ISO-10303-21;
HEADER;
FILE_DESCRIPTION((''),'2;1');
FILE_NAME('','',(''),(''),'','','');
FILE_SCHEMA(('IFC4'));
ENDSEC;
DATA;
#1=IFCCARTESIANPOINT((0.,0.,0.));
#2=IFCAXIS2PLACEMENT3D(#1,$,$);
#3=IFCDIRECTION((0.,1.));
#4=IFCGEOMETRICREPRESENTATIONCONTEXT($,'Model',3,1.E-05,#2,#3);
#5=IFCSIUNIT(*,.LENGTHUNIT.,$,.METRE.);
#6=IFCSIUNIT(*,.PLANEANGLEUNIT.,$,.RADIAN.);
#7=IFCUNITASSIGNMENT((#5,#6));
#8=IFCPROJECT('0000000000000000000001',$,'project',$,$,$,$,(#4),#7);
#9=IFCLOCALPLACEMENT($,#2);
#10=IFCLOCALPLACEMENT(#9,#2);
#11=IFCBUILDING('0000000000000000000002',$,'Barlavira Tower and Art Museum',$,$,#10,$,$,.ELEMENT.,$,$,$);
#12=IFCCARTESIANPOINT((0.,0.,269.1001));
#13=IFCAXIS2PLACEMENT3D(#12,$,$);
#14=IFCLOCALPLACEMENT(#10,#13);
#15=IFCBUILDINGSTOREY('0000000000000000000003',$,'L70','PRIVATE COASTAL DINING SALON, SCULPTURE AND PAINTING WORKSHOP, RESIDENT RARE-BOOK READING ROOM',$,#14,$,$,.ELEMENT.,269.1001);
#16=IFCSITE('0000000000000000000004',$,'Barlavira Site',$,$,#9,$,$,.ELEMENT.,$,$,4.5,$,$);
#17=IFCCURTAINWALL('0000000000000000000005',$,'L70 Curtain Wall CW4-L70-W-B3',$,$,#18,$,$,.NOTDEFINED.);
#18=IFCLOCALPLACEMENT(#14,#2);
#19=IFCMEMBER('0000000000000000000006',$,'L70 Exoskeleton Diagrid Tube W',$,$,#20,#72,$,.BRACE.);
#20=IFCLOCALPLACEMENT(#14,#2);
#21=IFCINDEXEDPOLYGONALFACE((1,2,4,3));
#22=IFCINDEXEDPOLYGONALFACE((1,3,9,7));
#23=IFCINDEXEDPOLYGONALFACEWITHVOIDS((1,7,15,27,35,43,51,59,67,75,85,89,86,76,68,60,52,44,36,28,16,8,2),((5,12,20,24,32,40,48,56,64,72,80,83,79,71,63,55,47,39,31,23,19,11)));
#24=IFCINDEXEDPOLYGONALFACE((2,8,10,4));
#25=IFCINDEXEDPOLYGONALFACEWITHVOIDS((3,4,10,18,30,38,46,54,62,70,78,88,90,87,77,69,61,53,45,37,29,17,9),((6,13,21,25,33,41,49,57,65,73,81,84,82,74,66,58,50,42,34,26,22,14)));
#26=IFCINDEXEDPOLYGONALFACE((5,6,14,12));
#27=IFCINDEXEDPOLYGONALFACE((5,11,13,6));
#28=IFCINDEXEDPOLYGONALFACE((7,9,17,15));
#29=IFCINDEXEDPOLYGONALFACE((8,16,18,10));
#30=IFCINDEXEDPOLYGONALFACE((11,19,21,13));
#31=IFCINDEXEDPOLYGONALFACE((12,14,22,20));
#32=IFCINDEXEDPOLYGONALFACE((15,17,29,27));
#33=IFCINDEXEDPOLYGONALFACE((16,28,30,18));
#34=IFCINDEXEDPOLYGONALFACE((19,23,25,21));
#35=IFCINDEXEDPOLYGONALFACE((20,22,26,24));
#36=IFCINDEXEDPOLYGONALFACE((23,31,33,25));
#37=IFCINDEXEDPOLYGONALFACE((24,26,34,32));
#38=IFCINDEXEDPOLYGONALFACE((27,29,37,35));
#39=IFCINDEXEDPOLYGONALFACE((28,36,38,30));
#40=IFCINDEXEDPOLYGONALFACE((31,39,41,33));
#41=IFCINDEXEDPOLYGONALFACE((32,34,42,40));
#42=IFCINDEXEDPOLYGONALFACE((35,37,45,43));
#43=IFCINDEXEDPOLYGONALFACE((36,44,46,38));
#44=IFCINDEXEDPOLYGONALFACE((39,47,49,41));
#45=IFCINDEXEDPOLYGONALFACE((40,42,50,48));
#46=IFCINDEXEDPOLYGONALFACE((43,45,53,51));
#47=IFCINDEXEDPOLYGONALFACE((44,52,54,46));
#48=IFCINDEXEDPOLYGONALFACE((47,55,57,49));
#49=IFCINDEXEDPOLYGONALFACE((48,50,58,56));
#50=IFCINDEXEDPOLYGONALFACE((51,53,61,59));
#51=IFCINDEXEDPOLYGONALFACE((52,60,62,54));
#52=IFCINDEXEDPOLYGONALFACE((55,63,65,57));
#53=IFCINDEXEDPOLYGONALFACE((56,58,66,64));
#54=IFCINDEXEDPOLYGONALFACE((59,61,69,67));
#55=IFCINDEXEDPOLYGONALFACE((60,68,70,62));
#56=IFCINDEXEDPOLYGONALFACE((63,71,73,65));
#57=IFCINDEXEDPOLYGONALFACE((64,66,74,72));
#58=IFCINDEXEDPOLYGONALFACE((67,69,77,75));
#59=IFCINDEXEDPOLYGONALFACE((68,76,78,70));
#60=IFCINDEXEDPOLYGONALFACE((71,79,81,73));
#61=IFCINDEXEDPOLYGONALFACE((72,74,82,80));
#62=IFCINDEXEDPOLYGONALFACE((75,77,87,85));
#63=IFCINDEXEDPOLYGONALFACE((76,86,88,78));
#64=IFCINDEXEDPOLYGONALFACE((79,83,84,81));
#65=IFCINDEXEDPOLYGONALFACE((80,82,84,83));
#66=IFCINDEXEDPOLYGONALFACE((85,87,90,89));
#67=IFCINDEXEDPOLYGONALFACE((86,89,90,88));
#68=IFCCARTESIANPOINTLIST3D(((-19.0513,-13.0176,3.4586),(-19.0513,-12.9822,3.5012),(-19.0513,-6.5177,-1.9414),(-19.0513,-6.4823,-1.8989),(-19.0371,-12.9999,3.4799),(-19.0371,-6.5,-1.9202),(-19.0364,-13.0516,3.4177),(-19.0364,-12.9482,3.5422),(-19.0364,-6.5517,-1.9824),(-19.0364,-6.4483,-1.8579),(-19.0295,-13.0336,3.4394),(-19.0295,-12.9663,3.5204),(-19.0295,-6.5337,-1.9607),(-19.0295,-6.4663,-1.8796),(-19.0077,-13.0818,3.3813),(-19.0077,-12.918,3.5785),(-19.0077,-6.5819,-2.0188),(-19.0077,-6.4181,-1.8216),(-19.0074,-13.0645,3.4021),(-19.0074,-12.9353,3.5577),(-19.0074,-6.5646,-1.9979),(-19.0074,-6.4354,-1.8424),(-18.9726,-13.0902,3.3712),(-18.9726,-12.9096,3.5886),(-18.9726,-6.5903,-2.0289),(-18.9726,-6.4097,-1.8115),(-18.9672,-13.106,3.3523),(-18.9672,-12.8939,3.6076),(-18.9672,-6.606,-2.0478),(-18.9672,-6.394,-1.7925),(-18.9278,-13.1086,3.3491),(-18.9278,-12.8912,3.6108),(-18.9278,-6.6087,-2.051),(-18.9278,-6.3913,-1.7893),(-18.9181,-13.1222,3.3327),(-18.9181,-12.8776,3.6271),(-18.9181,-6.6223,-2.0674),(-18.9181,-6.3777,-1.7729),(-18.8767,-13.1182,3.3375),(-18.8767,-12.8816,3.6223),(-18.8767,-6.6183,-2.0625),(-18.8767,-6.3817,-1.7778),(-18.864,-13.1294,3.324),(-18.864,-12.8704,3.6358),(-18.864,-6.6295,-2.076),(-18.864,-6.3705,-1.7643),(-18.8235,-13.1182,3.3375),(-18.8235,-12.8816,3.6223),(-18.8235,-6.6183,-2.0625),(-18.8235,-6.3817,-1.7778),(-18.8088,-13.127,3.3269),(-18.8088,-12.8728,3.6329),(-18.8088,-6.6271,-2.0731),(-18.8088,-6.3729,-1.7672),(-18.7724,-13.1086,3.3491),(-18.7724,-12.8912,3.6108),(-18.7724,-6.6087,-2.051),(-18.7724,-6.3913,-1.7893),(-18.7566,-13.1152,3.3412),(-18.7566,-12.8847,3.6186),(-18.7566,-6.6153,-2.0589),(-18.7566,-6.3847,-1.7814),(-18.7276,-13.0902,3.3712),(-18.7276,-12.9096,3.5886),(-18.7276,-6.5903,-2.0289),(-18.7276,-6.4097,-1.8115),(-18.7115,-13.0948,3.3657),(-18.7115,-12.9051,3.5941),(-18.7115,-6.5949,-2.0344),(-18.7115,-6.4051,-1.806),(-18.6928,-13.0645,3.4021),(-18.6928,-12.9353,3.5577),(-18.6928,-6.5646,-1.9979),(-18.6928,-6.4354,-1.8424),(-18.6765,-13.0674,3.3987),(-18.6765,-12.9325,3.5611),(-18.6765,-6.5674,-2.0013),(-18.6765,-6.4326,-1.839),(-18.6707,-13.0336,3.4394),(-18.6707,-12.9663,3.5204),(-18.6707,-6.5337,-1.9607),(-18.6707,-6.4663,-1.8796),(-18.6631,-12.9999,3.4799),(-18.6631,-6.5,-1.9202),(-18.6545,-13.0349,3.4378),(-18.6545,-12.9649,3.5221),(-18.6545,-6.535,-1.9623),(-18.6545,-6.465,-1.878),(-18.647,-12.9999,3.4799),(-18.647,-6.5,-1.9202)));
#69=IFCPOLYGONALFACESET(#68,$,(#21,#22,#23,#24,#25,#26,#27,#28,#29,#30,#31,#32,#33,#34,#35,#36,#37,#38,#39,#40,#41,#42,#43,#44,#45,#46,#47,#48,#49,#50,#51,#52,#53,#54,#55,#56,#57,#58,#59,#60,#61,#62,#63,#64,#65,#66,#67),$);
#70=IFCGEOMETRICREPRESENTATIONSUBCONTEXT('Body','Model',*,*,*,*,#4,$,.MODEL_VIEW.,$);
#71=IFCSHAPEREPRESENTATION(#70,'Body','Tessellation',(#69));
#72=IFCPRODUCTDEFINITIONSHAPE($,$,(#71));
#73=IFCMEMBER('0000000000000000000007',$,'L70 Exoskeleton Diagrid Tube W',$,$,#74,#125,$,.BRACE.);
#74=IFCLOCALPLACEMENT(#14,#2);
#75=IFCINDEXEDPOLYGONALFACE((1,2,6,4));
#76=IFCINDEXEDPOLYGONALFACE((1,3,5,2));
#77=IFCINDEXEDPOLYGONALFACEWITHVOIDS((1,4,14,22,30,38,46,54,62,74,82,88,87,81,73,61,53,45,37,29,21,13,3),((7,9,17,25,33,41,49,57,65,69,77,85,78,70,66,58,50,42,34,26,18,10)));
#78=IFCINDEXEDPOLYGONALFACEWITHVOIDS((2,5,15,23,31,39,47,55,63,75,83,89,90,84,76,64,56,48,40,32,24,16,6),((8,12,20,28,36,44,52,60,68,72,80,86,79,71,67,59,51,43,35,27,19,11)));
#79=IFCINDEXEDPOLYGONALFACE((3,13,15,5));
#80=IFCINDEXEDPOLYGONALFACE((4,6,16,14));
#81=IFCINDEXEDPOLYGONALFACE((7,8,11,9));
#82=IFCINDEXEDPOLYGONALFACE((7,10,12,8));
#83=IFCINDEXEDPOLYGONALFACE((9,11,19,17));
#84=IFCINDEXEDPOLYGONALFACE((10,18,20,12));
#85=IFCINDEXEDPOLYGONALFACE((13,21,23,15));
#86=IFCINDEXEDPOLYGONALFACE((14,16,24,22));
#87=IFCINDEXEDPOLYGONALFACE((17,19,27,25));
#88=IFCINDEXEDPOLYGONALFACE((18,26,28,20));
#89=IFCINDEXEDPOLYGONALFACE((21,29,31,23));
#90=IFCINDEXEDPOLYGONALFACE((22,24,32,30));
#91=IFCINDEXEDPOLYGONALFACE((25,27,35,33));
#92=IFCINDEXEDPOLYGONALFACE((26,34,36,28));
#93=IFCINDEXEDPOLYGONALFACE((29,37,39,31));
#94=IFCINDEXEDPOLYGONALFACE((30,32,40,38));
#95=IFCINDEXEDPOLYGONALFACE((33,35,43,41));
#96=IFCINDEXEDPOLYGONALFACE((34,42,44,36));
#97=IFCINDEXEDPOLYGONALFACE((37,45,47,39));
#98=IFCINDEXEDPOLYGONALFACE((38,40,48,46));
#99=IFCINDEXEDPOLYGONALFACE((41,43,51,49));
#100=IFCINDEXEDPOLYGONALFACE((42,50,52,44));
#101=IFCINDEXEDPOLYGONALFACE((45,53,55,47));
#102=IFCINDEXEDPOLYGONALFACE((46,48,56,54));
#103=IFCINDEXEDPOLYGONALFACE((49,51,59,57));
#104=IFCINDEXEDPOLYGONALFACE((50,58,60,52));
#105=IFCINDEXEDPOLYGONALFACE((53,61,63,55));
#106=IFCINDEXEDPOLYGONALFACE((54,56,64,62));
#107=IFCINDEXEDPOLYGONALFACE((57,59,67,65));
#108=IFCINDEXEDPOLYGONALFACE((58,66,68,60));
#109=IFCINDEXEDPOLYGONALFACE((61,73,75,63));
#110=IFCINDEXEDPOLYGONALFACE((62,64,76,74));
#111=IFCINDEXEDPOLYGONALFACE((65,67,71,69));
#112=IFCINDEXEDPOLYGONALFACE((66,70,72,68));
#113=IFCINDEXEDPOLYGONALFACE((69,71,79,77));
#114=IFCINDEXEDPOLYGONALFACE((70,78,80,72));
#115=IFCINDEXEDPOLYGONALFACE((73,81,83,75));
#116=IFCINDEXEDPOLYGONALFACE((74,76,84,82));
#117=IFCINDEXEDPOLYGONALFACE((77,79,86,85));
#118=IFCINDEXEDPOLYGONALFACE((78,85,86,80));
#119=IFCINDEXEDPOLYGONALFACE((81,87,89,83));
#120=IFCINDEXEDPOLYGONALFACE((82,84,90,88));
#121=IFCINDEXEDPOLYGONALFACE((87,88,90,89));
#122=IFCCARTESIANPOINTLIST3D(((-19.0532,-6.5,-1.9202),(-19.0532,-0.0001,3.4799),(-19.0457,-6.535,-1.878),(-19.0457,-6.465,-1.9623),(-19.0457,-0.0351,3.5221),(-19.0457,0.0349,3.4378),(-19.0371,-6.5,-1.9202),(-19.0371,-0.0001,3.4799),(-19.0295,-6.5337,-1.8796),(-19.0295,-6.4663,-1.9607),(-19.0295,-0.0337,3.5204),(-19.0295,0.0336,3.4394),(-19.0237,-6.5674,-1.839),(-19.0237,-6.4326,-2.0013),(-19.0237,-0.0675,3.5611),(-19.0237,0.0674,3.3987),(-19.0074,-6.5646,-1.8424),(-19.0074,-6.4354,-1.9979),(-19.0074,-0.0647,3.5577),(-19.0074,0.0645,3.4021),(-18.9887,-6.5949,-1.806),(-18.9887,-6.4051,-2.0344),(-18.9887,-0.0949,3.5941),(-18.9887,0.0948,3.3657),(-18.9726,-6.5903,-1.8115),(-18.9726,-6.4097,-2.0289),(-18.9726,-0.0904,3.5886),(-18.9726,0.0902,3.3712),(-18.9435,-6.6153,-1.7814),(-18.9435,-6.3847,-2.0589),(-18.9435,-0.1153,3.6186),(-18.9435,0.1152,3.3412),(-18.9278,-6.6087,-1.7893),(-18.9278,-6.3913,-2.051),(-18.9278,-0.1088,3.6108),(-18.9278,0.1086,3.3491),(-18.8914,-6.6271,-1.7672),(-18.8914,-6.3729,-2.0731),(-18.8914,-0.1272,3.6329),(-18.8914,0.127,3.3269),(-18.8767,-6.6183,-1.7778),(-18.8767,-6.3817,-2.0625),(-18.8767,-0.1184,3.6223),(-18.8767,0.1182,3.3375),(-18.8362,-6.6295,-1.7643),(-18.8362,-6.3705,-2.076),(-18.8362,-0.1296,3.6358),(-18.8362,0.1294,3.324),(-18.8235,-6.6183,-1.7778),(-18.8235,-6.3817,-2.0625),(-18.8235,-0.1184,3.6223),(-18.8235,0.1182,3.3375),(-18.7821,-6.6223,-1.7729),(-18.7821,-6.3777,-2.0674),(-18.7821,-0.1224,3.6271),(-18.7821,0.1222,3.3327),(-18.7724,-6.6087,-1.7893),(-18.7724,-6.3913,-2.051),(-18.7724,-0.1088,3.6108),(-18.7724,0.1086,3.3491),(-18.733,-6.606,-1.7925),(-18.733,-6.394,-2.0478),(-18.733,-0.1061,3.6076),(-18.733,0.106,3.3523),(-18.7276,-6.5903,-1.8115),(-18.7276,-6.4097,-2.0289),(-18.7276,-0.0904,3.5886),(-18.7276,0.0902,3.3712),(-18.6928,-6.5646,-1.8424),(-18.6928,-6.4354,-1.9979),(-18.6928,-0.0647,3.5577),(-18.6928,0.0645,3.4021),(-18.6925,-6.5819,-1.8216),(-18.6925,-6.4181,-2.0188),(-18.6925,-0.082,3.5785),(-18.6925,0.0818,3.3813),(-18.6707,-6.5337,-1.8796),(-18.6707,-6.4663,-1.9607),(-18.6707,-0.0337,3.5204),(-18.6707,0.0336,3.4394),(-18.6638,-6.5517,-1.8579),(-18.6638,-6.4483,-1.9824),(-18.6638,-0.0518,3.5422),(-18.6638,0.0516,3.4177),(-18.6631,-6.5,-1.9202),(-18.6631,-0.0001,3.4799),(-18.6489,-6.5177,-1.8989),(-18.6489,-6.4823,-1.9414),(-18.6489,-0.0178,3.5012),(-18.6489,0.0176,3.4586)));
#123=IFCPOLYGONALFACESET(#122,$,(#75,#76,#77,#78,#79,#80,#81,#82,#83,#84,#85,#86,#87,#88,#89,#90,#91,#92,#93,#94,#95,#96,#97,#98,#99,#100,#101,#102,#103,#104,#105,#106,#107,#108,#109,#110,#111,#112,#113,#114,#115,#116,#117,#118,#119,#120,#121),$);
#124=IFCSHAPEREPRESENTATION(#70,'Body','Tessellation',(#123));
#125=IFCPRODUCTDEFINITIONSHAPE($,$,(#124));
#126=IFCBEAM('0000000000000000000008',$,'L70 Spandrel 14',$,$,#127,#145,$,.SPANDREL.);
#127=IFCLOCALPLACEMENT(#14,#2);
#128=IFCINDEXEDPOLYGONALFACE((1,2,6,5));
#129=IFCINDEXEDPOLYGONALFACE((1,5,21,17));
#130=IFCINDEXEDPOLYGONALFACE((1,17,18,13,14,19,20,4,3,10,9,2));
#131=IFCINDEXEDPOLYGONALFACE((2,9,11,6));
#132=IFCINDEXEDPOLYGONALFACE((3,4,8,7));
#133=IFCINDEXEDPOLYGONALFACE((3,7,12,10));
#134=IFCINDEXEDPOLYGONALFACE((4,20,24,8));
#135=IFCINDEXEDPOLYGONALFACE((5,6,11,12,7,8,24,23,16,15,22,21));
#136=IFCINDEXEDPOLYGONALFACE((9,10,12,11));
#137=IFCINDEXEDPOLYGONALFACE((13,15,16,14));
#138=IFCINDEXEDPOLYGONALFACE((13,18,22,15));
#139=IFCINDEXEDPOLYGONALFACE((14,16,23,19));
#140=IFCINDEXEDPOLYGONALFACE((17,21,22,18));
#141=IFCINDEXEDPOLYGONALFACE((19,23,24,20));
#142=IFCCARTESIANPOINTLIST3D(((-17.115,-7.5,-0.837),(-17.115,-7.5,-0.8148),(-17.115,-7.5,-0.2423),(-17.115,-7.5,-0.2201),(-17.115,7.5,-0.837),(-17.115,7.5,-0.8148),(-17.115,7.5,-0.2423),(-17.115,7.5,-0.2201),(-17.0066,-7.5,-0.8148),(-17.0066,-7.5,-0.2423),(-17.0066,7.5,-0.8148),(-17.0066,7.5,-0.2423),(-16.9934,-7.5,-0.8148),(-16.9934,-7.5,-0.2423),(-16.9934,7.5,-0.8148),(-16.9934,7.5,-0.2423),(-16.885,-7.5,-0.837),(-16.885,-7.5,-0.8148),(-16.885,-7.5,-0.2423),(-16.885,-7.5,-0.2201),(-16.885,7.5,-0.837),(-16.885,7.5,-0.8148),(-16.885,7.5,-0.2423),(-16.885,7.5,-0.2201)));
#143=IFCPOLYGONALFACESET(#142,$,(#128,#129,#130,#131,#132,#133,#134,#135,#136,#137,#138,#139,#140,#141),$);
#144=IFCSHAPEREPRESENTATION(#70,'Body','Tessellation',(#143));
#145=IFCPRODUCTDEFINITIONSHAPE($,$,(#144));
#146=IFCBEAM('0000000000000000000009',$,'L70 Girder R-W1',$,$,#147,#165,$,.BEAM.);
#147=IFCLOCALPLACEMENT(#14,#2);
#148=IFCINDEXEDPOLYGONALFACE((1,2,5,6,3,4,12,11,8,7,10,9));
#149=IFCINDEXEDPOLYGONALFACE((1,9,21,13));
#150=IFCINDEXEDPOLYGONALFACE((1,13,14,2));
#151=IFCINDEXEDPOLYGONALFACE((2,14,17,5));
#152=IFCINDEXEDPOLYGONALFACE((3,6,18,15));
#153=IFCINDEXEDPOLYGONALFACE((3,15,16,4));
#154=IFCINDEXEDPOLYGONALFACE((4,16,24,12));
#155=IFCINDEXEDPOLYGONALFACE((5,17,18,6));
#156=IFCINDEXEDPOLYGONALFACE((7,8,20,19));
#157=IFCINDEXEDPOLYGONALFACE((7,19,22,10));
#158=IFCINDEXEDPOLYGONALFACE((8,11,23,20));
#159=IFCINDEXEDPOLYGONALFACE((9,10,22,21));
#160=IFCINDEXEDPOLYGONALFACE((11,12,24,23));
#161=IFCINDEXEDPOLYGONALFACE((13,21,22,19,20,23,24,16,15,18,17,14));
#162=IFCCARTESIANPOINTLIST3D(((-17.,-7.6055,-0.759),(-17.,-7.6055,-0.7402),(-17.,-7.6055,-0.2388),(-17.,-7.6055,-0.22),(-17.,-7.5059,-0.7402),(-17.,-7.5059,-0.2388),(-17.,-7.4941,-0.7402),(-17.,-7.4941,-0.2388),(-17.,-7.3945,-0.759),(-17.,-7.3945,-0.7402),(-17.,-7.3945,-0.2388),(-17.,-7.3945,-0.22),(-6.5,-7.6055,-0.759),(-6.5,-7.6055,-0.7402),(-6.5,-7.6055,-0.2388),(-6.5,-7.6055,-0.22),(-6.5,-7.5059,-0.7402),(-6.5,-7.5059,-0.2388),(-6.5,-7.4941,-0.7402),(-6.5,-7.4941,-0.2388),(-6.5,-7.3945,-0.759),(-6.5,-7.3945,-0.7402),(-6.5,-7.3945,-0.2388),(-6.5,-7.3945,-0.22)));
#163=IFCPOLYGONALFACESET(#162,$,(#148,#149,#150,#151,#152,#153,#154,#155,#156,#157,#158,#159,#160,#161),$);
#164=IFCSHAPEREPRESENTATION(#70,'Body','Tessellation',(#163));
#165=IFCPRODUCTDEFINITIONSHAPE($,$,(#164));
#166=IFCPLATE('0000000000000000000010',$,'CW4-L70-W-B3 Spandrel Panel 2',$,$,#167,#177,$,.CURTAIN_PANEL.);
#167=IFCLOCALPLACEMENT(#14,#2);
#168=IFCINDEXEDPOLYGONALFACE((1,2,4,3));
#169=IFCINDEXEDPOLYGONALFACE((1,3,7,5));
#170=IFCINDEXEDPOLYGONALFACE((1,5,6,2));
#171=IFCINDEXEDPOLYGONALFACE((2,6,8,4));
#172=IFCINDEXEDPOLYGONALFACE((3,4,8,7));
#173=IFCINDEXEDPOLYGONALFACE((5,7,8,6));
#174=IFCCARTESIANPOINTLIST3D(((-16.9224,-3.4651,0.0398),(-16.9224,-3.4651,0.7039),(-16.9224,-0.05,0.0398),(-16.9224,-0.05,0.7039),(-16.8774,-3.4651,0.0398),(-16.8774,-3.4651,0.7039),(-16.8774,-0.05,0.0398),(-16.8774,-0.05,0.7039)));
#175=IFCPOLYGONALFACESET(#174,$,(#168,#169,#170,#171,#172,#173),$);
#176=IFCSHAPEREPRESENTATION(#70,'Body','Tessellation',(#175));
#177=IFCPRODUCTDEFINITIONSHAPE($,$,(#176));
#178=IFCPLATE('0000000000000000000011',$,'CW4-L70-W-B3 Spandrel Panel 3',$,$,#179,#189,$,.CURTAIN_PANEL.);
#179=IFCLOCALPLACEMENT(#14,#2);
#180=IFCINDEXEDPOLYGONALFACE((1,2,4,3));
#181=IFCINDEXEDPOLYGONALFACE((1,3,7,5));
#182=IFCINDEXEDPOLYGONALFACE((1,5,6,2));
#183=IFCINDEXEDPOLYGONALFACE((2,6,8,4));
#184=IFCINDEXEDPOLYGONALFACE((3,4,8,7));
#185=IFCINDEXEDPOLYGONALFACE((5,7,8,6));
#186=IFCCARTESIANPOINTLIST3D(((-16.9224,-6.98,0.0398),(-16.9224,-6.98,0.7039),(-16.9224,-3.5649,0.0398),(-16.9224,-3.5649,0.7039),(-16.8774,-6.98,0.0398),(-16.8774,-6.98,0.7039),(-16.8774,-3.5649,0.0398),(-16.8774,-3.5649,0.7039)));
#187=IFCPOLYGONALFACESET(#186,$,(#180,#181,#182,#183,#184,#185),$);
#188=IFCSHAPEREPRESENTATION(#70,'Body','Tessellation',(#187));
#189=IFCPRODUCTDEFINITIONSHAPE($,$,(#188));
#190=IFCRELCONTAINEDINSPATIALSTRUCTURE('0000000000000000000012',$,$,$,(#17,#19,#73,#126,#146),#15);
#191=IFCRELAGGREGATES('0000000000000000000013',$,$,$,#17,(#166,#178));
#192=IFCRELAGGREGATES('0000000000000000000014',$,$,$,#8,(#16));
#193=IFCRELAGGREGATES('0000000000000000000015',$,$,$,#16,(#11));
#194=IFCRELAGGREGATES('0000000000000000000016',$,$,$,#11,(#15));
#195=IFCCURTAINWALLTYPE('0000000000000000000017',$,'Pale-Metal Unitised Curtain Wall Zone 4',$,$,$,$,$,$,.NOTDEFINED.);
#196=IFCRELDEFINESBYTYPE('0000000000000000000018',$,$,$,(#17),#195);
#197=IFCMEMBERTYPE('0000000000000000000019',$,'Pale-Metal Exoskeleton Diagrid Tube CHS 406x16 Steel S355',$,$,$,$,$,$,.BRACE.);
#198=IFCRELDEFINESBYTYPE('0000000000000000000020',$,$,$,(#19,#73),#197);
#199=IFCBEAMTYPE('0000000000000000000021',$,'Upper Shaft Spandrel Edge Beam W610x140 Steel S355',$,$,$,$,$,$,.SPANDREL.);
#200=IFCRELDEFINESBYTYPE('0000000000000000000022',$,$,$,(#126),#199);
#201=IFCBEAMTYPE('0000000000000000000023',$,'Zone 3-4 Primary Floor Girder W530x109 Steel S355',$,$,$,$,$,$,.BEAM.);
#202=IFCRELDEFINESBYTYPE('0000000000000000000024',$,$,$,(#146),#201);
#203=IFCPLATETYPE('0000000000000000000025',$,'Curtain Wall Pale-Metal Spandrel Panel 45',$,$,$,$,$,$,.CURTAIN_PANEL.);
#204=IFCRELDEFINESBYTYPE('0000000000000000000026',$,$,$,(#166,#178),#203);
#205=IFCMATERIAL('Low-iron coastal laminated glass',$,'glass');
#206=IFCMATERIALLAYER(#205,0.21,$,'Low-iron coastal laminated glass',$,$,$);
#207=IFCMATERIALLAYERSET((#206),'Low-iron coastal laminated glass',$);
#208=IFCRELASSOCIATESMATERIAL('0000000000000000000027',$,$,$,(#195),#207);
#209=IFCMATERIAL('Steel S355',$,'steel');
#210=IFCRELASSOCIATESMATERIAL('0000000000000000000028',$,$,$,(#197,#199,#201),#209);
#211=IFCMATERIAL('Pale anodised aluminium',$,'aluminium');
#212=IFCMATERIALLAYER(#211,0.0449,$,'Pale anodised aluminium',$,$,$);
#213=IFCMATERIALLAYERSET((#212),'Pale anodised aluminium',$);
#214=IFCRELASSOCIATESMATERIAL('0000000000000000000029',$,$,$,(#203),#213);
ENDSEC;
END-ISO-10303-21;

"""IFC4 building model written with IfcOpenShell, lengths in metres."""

from ifc_helpers import new_model, si_unit, direction, frame, origin, origin_2d, place, context, subcontext, project, spatial, rectangle, hollow_circle, i_section, extrude, material, layer, layer_set, material_profile, profile_set, type_object, element, aggregate, save


model = new_model("IFC4")

# Units and contexts
model_context = context("Model", 3, precision=1e-05, world=origin(), true_north=direction((0.0, 1.0)))
body_context = subcontext(model_context, "Body", "Model", "MODEL_VIEW")
ifc_project = project(units=[si_unit("LENGTHUNIT", "METRE"), si_unit("PLANEANGLEUNIT", "RADIAN")], contexts=[model_context])

# Site, building, storey
site_placement = place(None, origin())
site = spatial("IfcSite", under=ifc_project, at=site_placement, Name="Barlavira Site", CompositionType="ELEMENT", RefElevation=4.5)
building_placement = place(site_placement, origin())
building = spatial("IfcBuilding", under=site, at=building_placement, Name="Barlavira Tower and Art Museum", CompositionType="ELEMENT")
storey_placement = place(building_placement, frame((0.0, 0.0, 269.1001)))
storey = spatial("IfcBuildingStorey", under=building, at=storey_placement, Name="L70", Description="PRIVATE COASTAL DINING SALON, SCULPTURE AND PAINTING WORKSHOP, RESIDENT RARE-BOOK READING ROOM", CompositionType="ELEMENT", Elevation=269.1001)

# Curtain wall
ifc_material_1 = material(Name="Low-iron coastal laminated glass", Category="glass")
ifc_layer_1 = layer(ifc_material_1, 0.21, Name="Low-iron coastal laminated glass")
ifc_layer_set_1 = layer_set([ifc_layer_1], Name="Low-iron coastal laminated glass")
curtain_wall_type = type_object("IfcCurtainWallType", Name="Pale-Metal Unitised Curtain Wall Zone 4", PredefinedType="NOTDEFINED", material=ifc_layer_set_1)
curtain_wall_placement = place(storey_placement, origin())
curtain_wall = element("IfcCurtainWall", 1, at=curtain_wall_placement, inside=storey, type_object=curtain_wall_type, Name="L70 Curtain Wall CW4-L70-W-B3", PredefinedType="NOTDEFINED")
ifc_material_2 = material(Name="Pale anodised aluminium", Category="aluminium")

# Members
ifc_material_3 = material(Name="Steel S355", Category="steel")
ifc_material_profile_1 = material_profile(ifc_material_3, hollow_circle(Radius=0.2031, WallThickness=0.0161, at=origin_2d()), Name="CHS 406.4x16.0")
ifc_profile_set_1 = profile_set([ifc_material_profile_1], Name="Steel S355")
member_type_1 = type_object("IfcMemberType", Name="Pale-Metal Exoskeleton Diagrid Tube CHS 406x16 Steel S355", PredefinedType="BRACE", material=ifc_profile_set_1)
for number, where, z_axis, x_axis, name in (
    (2, (-18.8501, -6.5, -1.9202), (0.0, -0.769182, 0.63903), (1.0, 0.0, 0.0), "L70 Exoskeleton Diagrid Tube W"),
    (3, (-18.8501, -6.5, -1.9202), (0.0, 0.769182, 0.63903), (-1.0, 0.0, 0.0), "L70 Exoskeleton Diagrid Tube W"),
):
    element("IfcMember", number, at=place(storey_placement, frame(where, z_axis=z_axis, x_axis=x_axis)), inside=storey, type_object=member_type_1, Name=name, PredefinedType="BRACE", context=body_context, shape_type="SweptSolid", body=[
        extrude(hollow_circle(Radius=0.2031, WallThickness=0.0161, at=origin_2d()), origin(), (0.0, 0.0, 1.0), 8.4504),
    ])

# Beams
ifc_material_profile_2 = material_profile(ifc_material_3, i_section(OverallWidth=0.23, OverallDepth=0.6169, WebThickness=0.0132, FlangeThickness=0.0222, at=origin_2d()), Name="W610x140.0")
ifc_profile_set_2 = profile_set([ifc_material_profile_2], Name="Steel S355")
beam_type_1 = type_object("IfcBeamType", Name="Upper Shaft Spandrel Edge Beam W610x140 Steel S355", PredefinedType="SPANDREL", material=ifc_profile_set_2)
beam_1_placement = place(storey_placement, frame((-17.0, -7.5, -0.5286), z_axis=(0.0, 1.0, 0.0), x_axis=(-1.0, 0.0, 0.0)))
element("IfcBeam", 4, at=beam_1_placement, inside=storey, type_object=beam_type_1, Name="L70 Spandrel 14", PredefinedType="SPANDREL", context=body_context, shape_type="SweptSolid", body=[
    extrude(i_section(OverallWidth=0.23, OverallDepth=0.6169, WebThickness=0.0132, FlangeThickness=0.0222, at=origin_2d()), origin(), (0.0, 0.0, 1.0), 15.0),
])
ifc_material_profile_3 = material_profile(ifc_material_3, i_section(OverallWidth=0.2109, OverallDepth=0.5391, WebThickness=0.0117, FlangeThickness=0.0188, at=origin_2d()), Name="W530x109.0")
ifc_profile_set_3 = profile_set([ifc_material_profile_3], Name="Steel S355")
beam_type_2 = type_object("IfcBeamType", Name="Zone 3-4 Primary Floor Girder W530x109 Steel S355", PredefinedType="BEAM", material=ifc_profile_set_3)
beam_2_placement = place(storey_placement, frame((-17.0, -7.5, -0.4895), z_axis=(1.0, 0.0, 0.0), x_axis=(0.0, 1.0, 0.0)))
element("IfcBeam", 5, at=beam_2_placement, inside=storey, type_object=beam_type_2, Name="L70 Girder R-W1", PredefinedType="BEAM", context=body_context, shape_type="SweptSolid", body=[
    extrude(i_section(OverallWidth=0.2109, OverallDepth=0.5391, WebThickness=0.0117, FlangeThickness=0.0188, at=origin_2d()), origin(), (0.0, 0.0, 1.0), 10.5),
])

# Plates
ifc_layer_2 = layer(ifc_material_2, 0.0449, Name="Pale anodised aluminium")
ifc_layer_set_2 = layer_set([ifc_layer_2], Name="Pale anodised aluminium")
plate_type_1 = type_object("IfcPlateType", Name="Curtain Wall Pale-Metal Spandrel Panel 45", PredefinedType="CURTAIN_PANEL", material=ifc_layer_set_2)
plate_1_placement = place(storey_placement, frame((-16.8999, -1.7576, 0.0398), z_axis=(0.0, 0.0, 1.0), x_axis=(0.0, -1.0, 0.0)))
plate_1 = element("IfcPlate", 6, at=plate_1_placement, type_object=plate_type_1, Name="CW4-L70-W-B3 Spandrel Panel 2", PredefinedType="CURTAIN_PANEL", context=body_context, shape_type="SweptSolid", body=[
    extrude(rectangle(XDim=3.415, YDim=0.0449, at=origin_2d()), origin(), (0.0, 0.0, 1.0), 0.6641),
])
plate_2_placement = place(storey_placement, frame((-16.8999, -5.2725, 0.0398), z_axis=(0.0, 0.0, 1.0), x_axis=(0.0, -1.0, 0.0)))
plate_2 = element("IfcPlate", 7, at=plate_2_placement, type_object=plate_type_1, Name="CW4-L70-W-B3 Spandrel Panel 3", PredefinedType="CURTAIN_PANEL", context=body_context, shape_type="SweptSolid", body=[
    extrude(rectangle(XDim=3.415, YDim=0.0449, at=origin_2d()), origin(), (0.0, 0.0, 1.0), 0.6641),
])
aggregate(curtain_wall, [plate_1, plate_2])

save(model, "model.ifc")
